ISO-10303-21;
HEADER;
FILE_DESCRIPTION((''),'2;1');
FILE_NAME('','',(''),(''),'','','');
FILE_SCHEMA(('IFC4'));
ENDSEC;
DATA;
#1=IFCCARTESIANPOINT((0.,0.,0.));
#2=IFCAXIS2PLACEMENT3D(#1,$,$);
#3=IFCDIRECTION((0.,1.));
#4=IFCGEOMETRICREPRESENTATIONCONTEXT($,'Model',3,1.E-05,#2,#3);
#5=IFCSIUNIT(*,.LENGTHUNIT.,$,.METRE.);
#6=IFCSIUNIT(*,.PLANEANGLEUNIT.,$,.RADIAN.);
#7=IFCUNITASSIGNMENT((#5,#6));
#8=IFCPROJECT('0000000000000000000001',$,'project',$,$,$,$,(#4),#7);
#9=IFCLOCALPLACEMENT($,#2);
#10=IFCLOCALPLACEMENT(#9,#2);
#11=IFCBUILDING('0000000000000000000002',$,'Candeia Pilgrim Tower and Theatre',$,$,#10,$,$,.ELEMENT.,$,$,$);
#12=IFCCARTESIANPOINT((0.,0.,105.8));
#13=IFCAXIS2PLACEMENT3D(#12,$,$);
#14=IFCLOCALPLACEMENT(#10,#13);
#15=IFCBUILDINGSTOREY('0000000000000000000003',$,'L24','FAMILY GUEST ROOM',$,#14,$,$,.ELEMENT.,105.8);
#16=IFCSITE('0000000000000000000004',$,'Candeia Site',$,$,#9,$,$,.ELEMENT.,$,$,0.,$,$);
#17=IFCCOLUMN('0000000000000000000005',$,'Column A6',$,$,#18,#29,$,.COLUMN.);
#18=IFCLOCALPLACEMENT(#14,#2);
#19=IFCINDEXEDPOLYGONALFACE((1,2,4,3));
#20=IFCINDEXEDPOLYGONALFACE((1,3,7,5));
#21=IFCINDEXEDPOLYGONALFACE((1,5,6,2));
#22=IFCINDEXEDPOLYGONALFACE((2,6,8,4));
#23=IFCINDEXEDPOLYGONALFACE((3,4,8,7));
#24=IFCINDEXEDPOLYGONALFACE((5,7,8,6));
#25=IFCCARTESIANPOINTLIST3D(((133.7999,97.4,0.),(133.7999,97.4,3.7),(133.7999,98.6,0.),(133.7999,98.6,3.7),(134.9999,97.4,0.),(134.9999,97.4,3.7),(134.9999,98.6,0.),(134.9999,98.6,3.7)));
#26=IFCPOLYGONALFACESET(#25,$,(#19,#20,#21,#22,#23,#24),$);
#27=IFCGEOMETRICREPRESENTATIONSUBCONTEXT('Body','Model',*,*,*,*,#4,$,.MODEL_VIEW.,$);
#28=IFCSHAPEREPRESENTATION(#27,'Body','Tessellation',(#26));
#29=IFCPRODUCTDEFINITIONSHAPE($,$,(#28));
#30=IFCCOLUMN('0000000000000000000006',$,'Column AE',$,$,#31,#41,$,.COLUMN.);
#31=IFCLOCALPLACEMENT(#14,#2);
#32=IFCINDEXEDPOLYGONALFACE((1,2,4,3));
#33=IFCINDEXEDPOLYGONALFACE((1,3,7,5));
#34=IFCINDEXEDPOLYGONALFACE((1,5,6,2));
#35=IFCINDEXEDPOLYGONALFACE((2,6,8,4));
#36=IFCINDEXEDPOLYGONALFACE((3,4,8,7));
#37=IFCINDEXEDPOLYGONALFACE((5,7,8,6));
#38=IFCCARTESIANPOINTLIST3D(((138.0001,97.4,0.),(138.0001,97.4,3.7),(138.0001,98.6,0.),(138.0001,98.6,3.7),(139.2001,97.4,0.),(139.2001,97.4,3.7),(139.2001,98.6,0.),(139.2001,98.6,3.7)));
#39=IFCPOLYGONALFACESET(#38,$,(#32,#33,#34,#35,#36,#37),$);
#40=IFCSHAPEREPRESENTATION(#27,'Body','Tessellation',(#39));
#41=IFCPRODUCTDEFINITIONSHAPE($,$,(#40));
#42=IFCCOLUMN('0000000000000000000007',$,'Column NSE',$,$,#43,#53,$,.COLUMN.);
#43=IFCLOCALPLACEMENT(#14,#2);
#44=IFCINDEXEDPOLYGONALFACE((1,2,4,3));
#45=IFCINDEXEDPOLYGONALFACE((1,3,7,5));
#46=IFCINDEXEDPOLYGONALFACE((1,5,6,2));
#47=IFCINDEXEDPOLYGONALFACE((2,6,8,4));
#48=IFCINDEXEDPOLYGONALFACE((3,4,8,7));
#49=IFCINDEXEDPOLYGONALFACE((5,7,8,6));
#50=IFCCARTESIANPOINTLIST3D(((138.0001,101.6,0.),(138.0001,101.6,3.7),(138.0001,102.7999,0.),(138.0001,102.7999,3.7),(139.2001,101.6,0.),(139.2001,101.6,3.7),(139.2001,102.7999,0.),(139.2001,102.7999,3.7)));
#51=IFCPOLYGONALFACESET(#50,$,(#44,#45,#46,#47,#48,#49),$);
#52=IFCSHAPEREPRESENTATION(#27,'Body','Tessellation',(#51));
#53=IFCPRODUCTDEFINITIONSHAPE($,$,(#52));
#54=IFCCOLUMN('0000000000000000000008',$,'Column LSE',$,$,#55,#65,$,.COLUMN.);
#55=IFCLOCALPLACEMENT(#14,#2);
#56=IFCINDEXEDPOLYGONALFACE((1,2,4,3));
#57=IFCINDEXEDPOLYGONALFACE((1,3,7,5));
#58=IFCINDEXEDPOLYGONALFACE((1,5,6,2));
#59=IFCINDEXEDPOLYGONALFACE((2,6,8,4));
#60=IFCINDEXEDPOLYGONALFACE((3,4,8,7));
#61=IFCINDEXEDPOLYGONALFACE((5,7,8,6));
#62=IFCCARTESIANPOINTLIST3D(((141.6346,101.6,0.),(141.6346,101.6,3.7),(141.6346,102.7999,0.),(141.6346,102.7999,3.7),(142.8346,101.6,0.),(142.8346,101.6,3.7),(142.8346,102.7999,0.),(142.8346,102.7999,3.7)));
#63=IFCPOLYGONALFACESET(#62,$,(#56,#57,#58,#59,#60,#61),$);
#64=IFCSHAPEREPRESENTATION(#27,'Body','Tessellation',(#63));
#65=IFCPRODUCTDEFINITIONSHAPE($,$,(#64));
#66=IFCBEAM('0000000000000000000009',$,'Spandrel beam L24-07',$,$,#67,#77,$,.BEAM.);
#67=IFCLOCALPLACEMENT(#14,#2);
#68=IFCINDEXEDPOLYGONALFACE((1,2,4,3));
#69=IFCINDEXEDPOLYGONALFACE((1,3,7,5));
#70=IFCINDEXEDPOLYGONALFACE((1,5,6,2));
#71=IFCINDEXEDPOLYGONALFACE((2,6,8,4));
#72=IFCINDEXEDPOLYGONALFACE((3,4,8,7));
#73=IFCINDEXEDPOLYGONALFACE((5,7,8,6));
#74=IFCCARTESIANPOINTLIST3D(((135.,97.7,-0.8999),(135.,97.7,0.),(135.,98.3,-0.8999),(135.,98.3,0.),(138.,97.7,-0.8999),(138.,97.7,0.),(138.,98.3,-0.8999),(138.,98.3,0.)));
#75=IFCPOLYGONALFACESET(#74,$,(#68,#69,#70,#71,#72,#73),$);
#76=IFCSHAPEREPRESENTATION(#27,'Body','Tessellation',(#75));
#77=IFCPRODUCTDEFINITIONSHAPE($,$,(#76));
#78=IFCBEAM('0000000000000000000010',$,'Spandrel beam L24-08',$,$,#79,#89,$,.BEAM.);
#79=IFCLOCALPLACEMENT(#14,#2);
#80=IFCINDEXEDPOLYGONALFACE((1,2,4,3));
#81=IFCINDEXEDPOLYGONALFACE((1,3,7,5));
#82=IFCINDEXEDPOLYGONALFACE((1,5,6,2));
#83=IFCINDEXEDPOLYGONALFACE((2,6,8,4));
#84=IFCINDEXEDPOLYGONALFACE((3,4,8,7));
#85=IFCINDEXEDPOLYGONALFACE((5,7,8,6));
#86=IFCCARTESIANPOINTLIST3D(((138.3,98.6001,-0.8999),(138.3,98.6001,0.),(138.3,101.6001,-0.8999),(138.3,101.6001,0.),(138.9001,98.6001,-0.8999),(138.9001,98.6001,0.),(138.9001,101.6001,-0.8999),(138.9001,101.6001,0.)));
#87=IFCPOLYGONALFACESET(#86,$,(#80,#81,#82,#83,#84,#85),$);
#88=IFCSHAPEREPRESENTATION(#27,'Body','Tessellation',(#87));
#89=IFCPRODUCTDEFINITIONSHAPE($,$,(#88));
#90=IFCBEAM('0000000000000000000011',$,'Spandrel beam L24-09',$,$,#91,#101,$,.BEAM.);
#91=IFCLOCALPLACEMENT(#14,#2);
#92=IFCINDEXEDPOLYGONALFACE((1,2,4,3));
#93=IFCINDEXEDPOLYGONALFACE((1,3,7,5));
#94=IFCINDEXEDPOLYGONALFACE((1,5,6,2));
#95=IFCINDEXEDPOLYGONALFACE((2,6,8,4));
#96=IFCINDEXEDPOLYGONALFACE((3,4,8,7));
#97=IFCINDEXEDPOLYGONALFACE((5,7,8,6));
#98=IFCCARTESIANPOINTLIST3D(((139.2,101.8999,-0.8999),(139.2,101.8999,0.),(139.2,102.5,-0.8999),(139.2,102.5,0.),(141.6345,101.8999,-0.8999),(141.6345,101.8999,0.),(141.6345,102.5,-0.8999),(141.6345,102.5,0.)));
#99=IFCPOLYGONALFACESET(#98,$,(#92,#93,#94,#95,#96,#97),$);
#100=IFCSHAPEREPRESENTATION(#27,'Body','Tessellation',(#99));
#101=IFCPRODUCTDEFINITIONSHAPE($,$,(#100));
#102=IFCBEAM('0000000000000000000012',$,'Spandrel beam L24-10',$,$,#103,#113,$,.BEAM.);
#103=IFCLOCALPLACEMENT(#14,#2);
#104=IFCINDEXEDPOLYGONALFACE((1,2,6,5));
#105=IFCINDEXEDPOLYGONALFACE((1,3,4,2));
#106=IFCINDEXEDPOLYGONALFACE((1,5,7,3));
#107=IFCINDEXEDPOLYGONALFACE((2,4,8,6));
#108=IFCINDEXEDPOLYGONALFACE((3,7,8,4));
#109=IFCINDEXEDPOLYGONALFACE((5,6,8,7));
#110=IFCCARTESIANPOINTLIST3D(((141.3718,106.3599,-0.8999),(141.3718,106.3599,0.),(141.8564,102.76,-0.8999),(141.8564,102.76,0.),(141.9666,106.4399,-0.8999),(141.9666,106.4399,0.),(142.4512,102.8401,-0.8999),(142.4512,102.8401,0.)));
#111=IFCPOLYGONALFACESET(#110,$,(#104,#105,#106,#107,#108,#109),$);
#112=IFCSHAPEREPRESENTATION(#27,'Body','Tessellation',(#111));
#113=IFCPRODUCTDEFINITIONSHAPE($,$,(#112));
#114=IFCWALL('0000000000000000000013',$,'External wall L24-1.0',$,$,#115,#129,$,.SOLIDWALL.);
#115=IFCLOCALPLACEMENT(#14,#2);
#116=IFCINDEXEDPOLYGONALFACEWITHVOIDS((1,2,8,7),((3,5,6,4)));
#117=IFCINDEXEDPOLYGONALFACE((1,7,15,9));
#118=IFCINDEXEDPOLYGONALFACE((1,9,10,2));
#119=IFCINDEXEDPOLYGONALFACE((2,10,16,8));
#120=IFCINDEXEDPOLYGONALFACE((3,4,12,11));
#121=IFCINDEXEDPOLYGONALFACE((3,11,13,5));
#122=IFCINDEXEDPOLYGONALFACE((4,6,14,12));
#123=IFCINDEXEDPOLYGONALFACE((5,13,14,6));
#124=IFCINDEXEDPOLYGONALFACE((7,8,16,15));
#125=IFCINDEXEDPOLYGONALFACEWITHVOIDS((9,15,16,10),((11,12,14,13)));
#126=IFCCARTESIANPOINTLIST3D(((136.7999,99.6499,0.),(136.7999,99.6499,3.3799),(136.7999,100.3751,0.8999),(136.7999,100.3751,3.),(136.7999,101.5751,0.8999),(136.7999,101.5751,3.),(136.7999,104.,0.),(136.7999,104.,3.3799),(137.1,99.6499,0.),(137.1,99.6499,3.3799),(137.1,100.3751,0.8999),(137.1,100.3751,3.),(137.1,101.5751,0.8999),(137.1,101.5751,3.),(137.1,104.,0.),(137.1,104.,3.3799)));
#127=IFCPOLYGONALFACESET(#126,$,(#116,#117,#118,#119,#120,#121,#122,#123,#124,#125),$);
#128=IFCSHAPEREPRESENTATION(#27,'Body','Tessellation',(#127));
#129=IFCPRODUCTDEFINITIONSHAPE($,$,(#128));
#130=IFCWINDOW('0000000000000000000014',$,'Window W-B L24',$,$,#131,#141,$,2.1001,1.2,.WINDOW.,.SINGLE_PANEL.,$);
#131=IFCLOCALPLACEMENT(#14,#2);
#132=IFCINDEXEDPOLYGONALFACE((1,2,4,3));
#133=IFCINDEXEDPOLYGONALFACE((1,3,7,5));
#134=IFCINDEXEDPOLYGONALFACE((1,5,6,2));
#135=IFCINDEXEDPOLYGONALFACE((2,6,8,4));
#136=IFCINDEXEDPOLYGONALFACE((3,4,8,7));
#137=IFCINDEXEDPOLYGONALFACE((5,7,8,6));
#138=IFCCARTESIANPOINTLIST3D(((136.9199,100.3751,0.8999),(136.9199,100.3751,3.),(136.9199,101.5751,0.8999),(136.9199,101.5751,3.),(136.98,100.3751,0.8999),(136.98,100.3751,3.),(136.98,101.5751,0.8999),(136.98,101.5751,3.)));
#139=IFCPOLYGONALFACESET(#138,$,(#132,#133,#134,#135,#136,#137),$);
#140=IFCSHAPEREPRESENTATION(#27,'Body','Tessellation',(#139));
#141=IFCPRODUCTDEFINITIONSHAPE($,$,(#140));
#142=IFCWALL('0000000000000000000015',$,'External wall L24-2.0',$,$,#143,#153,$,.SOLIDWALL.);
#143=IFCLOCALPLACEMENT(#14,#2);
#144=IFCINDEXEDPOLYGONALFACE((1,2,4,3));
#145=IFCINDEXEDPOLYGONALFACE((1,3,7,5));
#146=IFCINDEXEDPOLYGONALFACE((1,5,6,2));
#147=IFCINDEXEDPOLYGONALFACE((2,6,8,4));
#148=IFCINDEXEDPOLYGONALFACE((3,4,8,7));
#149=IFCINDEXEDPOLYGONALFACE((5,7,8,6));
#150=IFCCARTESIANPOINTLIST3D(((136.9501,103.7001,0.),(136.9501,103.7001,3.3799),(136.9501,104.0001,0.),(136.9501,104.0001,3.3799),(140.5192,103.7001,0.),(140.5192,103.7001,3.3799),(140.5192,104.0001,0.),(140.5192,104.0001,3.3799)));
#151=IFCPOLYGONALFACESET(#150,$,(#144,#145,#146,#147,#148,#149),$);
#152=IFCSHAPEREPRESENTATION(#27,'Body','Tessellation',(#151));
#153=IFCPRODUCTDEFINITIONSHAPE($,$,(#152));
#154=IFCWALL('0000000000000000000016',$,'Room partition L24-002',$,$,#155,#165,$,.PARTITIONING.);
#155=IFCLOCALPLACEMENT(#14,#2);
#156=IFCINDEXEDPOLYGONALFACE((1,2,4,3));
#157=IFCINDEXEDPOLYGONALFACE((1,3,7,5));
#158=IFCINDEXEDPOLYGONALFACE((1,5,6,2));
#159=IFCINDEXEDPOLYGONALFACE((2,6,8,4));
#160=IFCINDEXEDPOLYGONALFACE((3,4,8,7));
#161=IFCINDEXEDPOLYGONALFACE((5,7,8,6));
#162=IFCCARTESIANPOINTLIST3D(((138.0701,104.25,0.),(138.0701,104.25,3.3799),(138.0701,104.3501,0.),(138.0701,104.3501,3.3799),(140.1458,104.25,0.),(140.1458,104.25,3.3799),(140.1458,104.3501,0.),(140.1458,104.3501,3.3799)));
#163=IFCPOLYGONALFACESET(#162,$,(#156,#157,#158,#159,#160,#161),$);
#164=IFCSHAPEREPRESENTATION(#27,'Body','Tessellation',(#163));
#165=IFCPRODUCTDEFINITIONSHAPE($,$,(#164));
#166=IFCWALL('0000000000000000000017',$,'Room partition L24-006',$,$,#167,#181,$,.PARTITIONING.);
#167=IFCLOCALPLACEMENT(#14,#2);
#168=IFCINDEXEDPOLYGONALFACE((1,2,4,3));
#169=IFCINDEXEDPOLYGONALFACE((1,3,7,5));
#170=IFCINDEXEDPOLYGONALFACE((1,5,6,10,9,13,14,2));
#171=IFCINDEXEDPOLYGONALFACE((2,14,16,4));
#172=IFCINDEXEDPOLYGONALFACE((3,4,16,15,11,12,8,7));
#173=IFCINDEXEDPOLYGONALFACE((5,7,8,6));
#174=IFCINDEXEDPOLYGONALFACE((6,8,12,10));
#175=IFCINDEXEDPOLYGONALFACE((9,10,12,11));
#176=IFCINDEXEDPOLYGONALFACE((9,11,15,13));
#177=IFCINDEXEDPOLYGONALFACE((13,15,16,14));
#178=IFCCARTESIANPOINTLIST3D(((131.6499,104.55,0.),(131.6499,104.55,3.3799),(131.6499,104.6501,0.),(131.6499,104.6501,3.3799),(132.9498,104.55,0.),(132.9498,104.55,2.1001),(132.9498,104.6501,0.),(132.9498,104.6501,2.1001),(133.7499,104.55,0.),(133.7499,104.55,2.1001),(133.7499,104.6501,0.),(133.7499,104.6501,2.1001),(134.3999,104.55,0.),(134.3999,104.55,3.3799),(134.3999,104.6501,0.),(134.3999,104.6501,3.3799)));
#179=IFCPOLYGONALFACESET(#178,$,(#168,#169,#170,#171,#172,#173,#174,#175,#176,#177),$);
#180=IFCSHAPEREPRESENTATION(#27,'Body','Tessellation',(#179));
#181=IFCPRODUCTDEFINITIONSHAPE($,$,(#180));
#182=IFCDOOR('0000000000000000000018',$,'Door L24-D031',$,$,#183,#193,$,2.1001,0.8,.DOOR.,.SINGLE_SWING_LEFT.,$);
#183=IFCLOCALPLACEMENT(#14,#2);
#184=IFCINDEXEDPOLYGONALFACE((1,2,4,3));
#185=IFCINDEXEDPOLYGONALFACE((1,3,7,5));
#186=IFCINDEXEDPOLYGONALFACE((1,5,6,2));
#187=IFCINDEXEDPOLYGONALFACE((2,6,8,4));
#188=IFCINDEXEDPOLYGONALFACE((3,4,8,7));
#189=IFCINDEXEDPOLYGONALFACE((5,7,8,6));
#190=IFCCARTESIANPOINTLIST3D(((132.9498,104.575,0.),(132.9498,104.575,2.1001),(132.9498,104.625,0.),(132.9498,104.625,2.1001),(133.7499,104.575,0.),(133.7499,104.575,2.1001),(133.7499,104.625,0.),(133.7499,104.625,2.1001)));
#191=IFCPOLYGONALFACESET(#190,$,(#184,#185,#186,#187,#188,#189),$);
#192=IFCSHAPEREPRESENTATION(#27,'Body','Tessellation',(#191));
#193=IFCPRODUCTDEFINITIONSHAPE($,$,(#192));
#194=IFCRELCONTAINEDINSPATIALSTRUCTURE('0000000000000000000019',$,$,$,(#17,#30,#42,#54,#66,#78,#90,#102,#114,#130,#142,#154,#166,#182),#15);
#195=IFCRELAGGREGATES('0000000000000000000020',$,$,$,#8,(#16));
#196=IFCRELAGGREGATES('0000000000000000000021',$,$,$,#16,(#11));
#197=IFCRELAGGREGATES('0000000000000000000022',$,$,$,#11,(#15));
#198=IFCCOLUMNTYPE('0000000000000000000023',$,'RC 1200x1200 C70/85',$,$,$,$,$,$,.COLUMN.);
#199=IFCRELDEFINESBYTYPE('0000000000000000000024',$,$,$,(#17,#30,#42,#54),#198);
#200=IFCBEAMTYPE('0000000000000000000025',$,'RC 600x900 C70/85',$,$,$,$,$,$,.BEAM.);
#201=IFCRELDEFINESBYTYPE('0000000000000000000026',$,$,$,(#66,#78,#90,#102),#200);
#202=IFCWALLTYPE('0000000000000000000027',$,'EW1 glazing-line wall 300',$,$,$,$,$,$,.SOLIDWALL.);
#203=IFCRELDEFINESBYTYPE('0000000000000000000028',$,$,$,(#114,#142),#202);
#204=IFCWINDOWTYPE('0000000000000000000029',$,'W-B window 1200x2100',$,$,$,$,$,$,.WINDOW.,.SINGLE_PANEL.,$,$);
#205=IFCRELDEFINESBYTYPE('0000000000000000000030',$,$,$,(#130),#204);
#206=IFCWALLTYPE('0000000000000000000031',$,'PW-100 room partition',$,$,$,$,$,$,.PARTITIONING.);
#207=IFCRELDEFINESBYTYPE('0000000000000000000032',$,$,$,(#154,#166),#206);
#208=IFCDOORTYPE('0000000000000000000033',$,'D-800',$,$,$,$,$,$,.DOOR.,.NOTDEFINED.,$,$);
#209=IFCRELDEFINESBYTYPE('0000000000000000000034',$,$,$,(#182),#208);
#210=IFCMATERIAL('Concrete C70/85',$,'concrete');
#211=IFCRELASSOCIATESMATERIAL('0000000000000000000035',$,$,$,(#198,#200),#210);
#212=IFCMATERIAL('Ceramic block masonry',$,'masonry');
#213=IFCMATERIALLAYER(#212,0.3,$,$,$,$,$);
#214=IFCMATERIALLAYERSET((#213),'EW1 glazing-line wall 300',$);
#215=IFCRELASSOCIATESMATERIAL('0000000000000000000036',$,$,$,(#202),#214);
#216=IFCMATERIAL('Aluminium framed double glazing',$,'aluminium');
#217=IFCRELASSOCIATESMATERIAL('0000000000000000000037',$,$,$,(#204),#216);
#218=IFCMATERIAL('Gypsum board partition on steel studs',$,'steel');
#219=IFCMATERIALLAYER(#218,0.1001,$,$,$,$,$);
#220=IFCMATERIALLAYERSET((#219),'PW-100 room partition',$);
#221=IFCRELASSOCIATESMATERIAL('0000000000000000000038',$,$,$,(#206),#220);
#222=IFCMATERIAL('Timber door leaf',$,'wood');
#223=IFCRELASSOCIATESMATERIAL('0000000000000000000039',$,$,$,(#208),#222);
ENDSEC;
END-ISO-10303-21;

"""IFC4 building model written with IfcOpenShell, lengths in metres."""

from ifc_helpers import new_model, si_unit, direction, frame, frame_2d, origin, origin_2d, place, context, subcontext, project, spatial, rectangle, extrude, material, layer, layer_set, material_profile, profile_set, type_object, element, fill, save


model = new_model("IFC4")

# Units and contexts
model_context = context("Model", 3, precision=1e-05, world=origin(), true_north=direction((0.0, 1.0)))
body_context = subcontext(model_context, "Body", "Model", "MODEL_VIEW")
ifc_project = project(units=[si_unit("LENGTHUNIT", "METRE"), si_unit("PLANEANGLEUNIT", "RADIAN")], contexts=[model_context])

# Site, building, storey
site_placement = place(None, origin())
site = spatial("IfcSite", under=ifc_project, at=site_placement, Name="Candeia Site", CompositionType="ELEMENT", RefElevation=0.0)
building_placement = place(site_placement, origin())
building = spatial("IfcBuilding", under=site, at=building_placement, Name="Candeia Pilgrim Tower and Theatre", CompositionType="ELEMENT")
storey_placement = place(building_placement, frame((0.0, 0.0, 105.8)))
storey = spatial("IfcBuildingStorey", under=building, at=storey_placement, Name="L24", Description="FAMILY GUEST ROOM", CompositionType="ELEMENT", Elevation=105.8)

# Columns
ifc_material_1 = material(Name="Concrete C70/85", Category="concrete")
ifc_material_profile_1 = material_profile(ifc_material_1, rectangle(XDim=1.2, YDim=1.2, at=origin_2d()))
ifc_profile_set_1 = profile_set([ifc_material_profile_1], Name="Concrete C70/85")
column_type = type_object("IfcColumnType", Name="RC 1200x1200 C70/85", PredefinedType="COLUMN", material=ifc_profile_set_1)
for number, where, z_axis, x_axis, name in (
    (1, (134.3999, 98.0, 0.0), (0.0, 0.0, 1.0), (1.0, 0.0, 0.0), "Column A6"),
    (2, (138.6001, 98.0, 0.0), (0.0, 0.0, 1.0), (1.0, 0.0, 0.0), "Column AE"),
    (3, (138.6001, 102.2, 0.0), (0.0, 0.0, 1.0), (1.0, 0.0, 0.0), "Column NSE"),
    (4, (142.2346, 102.2, 0.0), (0.0, 0.0, 1.0), (1.0, 0.0, 0.0), "Column LSE"),
):
    element("IfcColumn", number, at=place(storey_placement, frame(where, z_axis=z_axis, x_axis=x_axis)), inside=storey, type_object=column_type, Name=name, PredefinedType="COLUMN", context=body_context, shape_type="SweptSolid", body=[
        extrude(rectangle(XDim=1.2, YDim=1.2, at=origin_2d()), origin(), (0.0, 0.0, 1.0), 3.7),
    ])

# Beams
ifc_material_profile_2 = material_profile(ifc_material_1, rectangle(XDim=0.6001, YDim=0.8999, at=origin_2d()))
ifc_profile_set_2 = profile_set([ifc_material_profile_2], Name="Concrete C70/85")
beam_type = type_object("IfcBeamType", Name="RC 600x900 C70/85", PredefinedType="BEAM", material=ifc_profile_set_2)
for number, where, z_axis, x_axis, name in (
    (5, (135.0, 98.0, -0.45), (1.0, 0.0, 0.0), (0.0, 1.0, 0.0), "Spandrel beam L24-07"),
    (6, (138.6001, 98.6001, -0.45), (0.0, 1.0, 0.0), (-1.0, 0.0, 0.0), "Spandrel beam L24-08"),
):
    element("IfcBeam", number, at=place(storey_placement, frame(where, z_axis=z_axis, x_axis=x_axis)), inside=storey, type_object=beam_type, Name=name, PredefinedType="BEAM", context=body_context, shape_type="SweptSolid", body=[
        extrude(rectangle(XDim=0.6001, YDim=0.8999, at=origin_2d()), origin(), (0.0, 0.0, 1.0), 3.0),
    ])
beam_1_placement = place(storey_placement, frame((139.2, 102.2, -0.45), z_axis=(1.0, 0.0, 0.0), x_axis=(0.0, 1.0, 0.0)))
element("IfcBeam", 7, at=beam_1_placement, inside=storey, type_object=beam_type, Name="Spandrel beam L24-09", PredefinedType="BEAM", context=body_context, shape_type="SweptSolid", body=[
    extrude(rectangle(XDim=0.6001, YDim=0.8999, at=origin_2d()), origin(), (0.0, 0.0, 1.0), 2.4346),
])
beam_2_placement = place(storey_placement, frame((142.1538, 102.8, -0.45), z_axis=(-0.133418, 0.99106, 0.0), x_axis=(-0.99106, -0.133418, 0.0)))
element("IfcBeam", 8, at=beam_2_placement, inside=storey, type_object=beam_type, Name="Spandrel beam L24-10", PredefinedType="BEAM", context=body_context, shape_type="SweptSolid", body=[
    extrude(rectangle(XDim=0.6001, YDim=0.8999, at=origin_2d()), origin(), (0.0, 0.0, 1.0), 3.6323),
])

# Wall, opening, window
ifc_material_2 = material(Name="Ceramic block masonry", Category="masonry")
ifc_layer_1 = layer(ifc_material_2, 0.3)
ifc_layer_set_1 = layer_set([ifc_layer_1], Name="EW1 glazing-line wall 300")
wall_type_1 = type_object("IfcWallType", Name="EW1 glazing-line wall 300", PredefinedType="SOLIDWALL", material=ifc_layer_set_1)
wall_1_placement = place(storey_placement, frame((136.95, 99.6499, 0.0), z_axis=(0.0, 0.0, 1.0), x_axis=(0.0, 1.0, 0.0)))
wall_1 = element("IfcWall", 9, at=wall_1_placement, inside=storey, type_object=wall_type_1, Name="External wall L24-1.0", PredefinedType="SOLIDWALL", context=body_context, shape_type="SweptSolid", body=[
    extrude(rectangle(XDim=4.3501, YDim=0.3, at=frame_2d((2.175, 0.0))), origin(), (0.0, 0.0, 1.0), 3.3799),
])
opening_1_placement = place(wall_1_placement, frame((0.7251, 0.0, 0.8999)))
opening_1 = element("IfcOpeningElement", 10, at=opening_1_placement, cuts=wall_1, PredefinedType="OPENING", context=body_context, shape_type="SweptSolid", body=[
    extrude(rectangle(XDim=1.2, YDim=2.1001, at=frame_2d((0.6001, 1.05))), frame((0.0, 0.1602, 0.0), z_axis=(0.0, -1.0, 0.0), x_axis=(1.0, 0.0, 0.0)), (0.0, 0.0, 1.0), 0.3201),
])
ifc_material_3 = material(Name="Aluminium framed double glazing", Category="aluminium")
window_type = type_object("IfcWindowType", Name="W-B window 1200x2100", PartitioningType="SINGLE_PANEL", PredefinedType="WINDOW", material=ifc_material_3)
window_1_placement = place(opening_1_placement, origin())
window_1 = element("IfcWindow", 11, at=window_1_placement, inside=storey, type_object=window_type, Name="Window W-B L24", OverallHeight=2.1001, OverallWidth=1.2, PartitioningType="SINGLE_PANEL", PredefinedType="WINDOW", context=body_context, shape_type="SweptSolid", body=[
    extrude(rectangle(XDim=1.2, YDim=2.1001, at=frame_2d((0.6001, 1.05))), frame((0.0, 0.03, 0.0), z_axis=(0.0, -1.0, 0.0), x_axis=(1.0, 0.0, 0.0)), (0.0, 0.0, 1.0), 0.0601),
])
fill(opening_1, window_1)

# Wall
wall_2_placement = place(storey_placement, frame((136.95, 103.8501, 0.0), z_axis=(0.0, 0.0, 1.0), x_axis=(1.0, 0.0, 0.0)))
element("IfcWall", 12, at=wall_2_placement, inside=storey, type_object=wall_type_1, Name="External wall L24-2.0", PredefinedType="SOLIDWALL", context=body_context, shape_type="SweptSolid", body=[
    extrude(rectangle(XDim=3.5691, YDim=0.3, at=frame_2d((1.7847, 0.0))), origin(), (0.0, 0.0, 1.0), 3.3799),
])

# Wall
ifc_material_4 = material(Name="Gypsum board partition on steel studs", Category="steel")
ifc_layer_2 = layer(ifc_material_4, 0.1001)
ifc_layer_set_2 = layer_set([ifc_layer_2], Name="PW-100 room partition")
wall_type_2 = type_object("IfcWallType", Name="PW-100 room partition", PredefinedType="PARTITIONING", material=ifc_layer_set_2)
wall_3_placement = place(storey_placement, frame((138.0701, 104.3, 0.0), z_axis=(0.0, 0.0, 1.0), x_axis=(1.0, 0.0, 0.0)))
element("IfcWall", 13, at=wall_3_placement, inside=storey, type_object=wall_type_2, Name="Room partition L24-002", PredefinedType="PARTITIONING", context=body_context, shape_type="SweptSolid", body=[
    extrude(rectangle(XDim=2.0757, YDim=0.1001, at=frame_2d((1.0378, 0.0))), origin(), (0.0, 0.0, 1.0), 3.3799),
])

# Wall, opening, door
wall_4_placement = place(storey_placement, frame((131.6499, 104.6001, 0.0), z_axis=(0.0, 0.0, 1.0), x_axis=(1.0, 0.0, 0.0)))
wall_4 = element("IfcWall", 14, at=wall_4_placement, inside=storey, type_object=wall_type_2, Name="Room partition L24-006", PredefinedType="PARTITIONING", context=body_context, shape_type="SweptSolid", body=[
    extrude(rectangle(XDim=2.75, YDim=0.1001, at=frame_2d((1.375, 0.0))), origin(), (0.0, 0.0, 1.0), 3.3799),
])
opening_2_placement = place(wall_4_placement, frame((1.3, 0.0, 0.0)))
opening_2 = element("IfcOpeningElement", 15, at=opening_2_placement, cuts=wall_4, PredefinedType="OPENING", context=body_context, shape_type="SweptSolid", body=[
    extrude(rectangle(XDim=0.8, YDim=2.1001, at=frame_2d((0.3999, 1.05))), frame((0.0, 0.0601, 0.0), z_axis=(0.0, -1.0, 0.0), x_axis=(1.0, 0.0, 0.0)), (0.0, 0.0, 1.0), 0.1201),
])
ifc_material_5 = material(Name="Timber door leaf", Category="wood")
door_type_1 = type_object("IfcDoorType", Name="D-800", OperationType="NOTDEFINED", PredefinedType="DOOR", material=ifc_material_5)
door_1_placement = place(opening_2_placement, origin())
door_1 = element("IfcDoor", 16, at=door_1_placement, inside=storey, type_object=door_type_1, Name="Door L24-D031", OperationType="SINGLE_SWING_LEFT", OverallHeight=2.1001, OverallWidth=0.8, PredefinedType="DOOR", context=body_context, shape_type="SweptSolid", body=[
    extrude(rectangle(XDim=0.8, YDim=2.1001, at=frame_2d((0.3999, 1.05))), frame((0.0, 0.0249, 0.0), z_axis=(0.0, -1.0, 0.0), x_axis=(1.0, 0.0, 0.0)), (0.0, 0.0, 1.0), 0.05),
])
fill(opening_2, door_1)

save(model, "model.ifc")
